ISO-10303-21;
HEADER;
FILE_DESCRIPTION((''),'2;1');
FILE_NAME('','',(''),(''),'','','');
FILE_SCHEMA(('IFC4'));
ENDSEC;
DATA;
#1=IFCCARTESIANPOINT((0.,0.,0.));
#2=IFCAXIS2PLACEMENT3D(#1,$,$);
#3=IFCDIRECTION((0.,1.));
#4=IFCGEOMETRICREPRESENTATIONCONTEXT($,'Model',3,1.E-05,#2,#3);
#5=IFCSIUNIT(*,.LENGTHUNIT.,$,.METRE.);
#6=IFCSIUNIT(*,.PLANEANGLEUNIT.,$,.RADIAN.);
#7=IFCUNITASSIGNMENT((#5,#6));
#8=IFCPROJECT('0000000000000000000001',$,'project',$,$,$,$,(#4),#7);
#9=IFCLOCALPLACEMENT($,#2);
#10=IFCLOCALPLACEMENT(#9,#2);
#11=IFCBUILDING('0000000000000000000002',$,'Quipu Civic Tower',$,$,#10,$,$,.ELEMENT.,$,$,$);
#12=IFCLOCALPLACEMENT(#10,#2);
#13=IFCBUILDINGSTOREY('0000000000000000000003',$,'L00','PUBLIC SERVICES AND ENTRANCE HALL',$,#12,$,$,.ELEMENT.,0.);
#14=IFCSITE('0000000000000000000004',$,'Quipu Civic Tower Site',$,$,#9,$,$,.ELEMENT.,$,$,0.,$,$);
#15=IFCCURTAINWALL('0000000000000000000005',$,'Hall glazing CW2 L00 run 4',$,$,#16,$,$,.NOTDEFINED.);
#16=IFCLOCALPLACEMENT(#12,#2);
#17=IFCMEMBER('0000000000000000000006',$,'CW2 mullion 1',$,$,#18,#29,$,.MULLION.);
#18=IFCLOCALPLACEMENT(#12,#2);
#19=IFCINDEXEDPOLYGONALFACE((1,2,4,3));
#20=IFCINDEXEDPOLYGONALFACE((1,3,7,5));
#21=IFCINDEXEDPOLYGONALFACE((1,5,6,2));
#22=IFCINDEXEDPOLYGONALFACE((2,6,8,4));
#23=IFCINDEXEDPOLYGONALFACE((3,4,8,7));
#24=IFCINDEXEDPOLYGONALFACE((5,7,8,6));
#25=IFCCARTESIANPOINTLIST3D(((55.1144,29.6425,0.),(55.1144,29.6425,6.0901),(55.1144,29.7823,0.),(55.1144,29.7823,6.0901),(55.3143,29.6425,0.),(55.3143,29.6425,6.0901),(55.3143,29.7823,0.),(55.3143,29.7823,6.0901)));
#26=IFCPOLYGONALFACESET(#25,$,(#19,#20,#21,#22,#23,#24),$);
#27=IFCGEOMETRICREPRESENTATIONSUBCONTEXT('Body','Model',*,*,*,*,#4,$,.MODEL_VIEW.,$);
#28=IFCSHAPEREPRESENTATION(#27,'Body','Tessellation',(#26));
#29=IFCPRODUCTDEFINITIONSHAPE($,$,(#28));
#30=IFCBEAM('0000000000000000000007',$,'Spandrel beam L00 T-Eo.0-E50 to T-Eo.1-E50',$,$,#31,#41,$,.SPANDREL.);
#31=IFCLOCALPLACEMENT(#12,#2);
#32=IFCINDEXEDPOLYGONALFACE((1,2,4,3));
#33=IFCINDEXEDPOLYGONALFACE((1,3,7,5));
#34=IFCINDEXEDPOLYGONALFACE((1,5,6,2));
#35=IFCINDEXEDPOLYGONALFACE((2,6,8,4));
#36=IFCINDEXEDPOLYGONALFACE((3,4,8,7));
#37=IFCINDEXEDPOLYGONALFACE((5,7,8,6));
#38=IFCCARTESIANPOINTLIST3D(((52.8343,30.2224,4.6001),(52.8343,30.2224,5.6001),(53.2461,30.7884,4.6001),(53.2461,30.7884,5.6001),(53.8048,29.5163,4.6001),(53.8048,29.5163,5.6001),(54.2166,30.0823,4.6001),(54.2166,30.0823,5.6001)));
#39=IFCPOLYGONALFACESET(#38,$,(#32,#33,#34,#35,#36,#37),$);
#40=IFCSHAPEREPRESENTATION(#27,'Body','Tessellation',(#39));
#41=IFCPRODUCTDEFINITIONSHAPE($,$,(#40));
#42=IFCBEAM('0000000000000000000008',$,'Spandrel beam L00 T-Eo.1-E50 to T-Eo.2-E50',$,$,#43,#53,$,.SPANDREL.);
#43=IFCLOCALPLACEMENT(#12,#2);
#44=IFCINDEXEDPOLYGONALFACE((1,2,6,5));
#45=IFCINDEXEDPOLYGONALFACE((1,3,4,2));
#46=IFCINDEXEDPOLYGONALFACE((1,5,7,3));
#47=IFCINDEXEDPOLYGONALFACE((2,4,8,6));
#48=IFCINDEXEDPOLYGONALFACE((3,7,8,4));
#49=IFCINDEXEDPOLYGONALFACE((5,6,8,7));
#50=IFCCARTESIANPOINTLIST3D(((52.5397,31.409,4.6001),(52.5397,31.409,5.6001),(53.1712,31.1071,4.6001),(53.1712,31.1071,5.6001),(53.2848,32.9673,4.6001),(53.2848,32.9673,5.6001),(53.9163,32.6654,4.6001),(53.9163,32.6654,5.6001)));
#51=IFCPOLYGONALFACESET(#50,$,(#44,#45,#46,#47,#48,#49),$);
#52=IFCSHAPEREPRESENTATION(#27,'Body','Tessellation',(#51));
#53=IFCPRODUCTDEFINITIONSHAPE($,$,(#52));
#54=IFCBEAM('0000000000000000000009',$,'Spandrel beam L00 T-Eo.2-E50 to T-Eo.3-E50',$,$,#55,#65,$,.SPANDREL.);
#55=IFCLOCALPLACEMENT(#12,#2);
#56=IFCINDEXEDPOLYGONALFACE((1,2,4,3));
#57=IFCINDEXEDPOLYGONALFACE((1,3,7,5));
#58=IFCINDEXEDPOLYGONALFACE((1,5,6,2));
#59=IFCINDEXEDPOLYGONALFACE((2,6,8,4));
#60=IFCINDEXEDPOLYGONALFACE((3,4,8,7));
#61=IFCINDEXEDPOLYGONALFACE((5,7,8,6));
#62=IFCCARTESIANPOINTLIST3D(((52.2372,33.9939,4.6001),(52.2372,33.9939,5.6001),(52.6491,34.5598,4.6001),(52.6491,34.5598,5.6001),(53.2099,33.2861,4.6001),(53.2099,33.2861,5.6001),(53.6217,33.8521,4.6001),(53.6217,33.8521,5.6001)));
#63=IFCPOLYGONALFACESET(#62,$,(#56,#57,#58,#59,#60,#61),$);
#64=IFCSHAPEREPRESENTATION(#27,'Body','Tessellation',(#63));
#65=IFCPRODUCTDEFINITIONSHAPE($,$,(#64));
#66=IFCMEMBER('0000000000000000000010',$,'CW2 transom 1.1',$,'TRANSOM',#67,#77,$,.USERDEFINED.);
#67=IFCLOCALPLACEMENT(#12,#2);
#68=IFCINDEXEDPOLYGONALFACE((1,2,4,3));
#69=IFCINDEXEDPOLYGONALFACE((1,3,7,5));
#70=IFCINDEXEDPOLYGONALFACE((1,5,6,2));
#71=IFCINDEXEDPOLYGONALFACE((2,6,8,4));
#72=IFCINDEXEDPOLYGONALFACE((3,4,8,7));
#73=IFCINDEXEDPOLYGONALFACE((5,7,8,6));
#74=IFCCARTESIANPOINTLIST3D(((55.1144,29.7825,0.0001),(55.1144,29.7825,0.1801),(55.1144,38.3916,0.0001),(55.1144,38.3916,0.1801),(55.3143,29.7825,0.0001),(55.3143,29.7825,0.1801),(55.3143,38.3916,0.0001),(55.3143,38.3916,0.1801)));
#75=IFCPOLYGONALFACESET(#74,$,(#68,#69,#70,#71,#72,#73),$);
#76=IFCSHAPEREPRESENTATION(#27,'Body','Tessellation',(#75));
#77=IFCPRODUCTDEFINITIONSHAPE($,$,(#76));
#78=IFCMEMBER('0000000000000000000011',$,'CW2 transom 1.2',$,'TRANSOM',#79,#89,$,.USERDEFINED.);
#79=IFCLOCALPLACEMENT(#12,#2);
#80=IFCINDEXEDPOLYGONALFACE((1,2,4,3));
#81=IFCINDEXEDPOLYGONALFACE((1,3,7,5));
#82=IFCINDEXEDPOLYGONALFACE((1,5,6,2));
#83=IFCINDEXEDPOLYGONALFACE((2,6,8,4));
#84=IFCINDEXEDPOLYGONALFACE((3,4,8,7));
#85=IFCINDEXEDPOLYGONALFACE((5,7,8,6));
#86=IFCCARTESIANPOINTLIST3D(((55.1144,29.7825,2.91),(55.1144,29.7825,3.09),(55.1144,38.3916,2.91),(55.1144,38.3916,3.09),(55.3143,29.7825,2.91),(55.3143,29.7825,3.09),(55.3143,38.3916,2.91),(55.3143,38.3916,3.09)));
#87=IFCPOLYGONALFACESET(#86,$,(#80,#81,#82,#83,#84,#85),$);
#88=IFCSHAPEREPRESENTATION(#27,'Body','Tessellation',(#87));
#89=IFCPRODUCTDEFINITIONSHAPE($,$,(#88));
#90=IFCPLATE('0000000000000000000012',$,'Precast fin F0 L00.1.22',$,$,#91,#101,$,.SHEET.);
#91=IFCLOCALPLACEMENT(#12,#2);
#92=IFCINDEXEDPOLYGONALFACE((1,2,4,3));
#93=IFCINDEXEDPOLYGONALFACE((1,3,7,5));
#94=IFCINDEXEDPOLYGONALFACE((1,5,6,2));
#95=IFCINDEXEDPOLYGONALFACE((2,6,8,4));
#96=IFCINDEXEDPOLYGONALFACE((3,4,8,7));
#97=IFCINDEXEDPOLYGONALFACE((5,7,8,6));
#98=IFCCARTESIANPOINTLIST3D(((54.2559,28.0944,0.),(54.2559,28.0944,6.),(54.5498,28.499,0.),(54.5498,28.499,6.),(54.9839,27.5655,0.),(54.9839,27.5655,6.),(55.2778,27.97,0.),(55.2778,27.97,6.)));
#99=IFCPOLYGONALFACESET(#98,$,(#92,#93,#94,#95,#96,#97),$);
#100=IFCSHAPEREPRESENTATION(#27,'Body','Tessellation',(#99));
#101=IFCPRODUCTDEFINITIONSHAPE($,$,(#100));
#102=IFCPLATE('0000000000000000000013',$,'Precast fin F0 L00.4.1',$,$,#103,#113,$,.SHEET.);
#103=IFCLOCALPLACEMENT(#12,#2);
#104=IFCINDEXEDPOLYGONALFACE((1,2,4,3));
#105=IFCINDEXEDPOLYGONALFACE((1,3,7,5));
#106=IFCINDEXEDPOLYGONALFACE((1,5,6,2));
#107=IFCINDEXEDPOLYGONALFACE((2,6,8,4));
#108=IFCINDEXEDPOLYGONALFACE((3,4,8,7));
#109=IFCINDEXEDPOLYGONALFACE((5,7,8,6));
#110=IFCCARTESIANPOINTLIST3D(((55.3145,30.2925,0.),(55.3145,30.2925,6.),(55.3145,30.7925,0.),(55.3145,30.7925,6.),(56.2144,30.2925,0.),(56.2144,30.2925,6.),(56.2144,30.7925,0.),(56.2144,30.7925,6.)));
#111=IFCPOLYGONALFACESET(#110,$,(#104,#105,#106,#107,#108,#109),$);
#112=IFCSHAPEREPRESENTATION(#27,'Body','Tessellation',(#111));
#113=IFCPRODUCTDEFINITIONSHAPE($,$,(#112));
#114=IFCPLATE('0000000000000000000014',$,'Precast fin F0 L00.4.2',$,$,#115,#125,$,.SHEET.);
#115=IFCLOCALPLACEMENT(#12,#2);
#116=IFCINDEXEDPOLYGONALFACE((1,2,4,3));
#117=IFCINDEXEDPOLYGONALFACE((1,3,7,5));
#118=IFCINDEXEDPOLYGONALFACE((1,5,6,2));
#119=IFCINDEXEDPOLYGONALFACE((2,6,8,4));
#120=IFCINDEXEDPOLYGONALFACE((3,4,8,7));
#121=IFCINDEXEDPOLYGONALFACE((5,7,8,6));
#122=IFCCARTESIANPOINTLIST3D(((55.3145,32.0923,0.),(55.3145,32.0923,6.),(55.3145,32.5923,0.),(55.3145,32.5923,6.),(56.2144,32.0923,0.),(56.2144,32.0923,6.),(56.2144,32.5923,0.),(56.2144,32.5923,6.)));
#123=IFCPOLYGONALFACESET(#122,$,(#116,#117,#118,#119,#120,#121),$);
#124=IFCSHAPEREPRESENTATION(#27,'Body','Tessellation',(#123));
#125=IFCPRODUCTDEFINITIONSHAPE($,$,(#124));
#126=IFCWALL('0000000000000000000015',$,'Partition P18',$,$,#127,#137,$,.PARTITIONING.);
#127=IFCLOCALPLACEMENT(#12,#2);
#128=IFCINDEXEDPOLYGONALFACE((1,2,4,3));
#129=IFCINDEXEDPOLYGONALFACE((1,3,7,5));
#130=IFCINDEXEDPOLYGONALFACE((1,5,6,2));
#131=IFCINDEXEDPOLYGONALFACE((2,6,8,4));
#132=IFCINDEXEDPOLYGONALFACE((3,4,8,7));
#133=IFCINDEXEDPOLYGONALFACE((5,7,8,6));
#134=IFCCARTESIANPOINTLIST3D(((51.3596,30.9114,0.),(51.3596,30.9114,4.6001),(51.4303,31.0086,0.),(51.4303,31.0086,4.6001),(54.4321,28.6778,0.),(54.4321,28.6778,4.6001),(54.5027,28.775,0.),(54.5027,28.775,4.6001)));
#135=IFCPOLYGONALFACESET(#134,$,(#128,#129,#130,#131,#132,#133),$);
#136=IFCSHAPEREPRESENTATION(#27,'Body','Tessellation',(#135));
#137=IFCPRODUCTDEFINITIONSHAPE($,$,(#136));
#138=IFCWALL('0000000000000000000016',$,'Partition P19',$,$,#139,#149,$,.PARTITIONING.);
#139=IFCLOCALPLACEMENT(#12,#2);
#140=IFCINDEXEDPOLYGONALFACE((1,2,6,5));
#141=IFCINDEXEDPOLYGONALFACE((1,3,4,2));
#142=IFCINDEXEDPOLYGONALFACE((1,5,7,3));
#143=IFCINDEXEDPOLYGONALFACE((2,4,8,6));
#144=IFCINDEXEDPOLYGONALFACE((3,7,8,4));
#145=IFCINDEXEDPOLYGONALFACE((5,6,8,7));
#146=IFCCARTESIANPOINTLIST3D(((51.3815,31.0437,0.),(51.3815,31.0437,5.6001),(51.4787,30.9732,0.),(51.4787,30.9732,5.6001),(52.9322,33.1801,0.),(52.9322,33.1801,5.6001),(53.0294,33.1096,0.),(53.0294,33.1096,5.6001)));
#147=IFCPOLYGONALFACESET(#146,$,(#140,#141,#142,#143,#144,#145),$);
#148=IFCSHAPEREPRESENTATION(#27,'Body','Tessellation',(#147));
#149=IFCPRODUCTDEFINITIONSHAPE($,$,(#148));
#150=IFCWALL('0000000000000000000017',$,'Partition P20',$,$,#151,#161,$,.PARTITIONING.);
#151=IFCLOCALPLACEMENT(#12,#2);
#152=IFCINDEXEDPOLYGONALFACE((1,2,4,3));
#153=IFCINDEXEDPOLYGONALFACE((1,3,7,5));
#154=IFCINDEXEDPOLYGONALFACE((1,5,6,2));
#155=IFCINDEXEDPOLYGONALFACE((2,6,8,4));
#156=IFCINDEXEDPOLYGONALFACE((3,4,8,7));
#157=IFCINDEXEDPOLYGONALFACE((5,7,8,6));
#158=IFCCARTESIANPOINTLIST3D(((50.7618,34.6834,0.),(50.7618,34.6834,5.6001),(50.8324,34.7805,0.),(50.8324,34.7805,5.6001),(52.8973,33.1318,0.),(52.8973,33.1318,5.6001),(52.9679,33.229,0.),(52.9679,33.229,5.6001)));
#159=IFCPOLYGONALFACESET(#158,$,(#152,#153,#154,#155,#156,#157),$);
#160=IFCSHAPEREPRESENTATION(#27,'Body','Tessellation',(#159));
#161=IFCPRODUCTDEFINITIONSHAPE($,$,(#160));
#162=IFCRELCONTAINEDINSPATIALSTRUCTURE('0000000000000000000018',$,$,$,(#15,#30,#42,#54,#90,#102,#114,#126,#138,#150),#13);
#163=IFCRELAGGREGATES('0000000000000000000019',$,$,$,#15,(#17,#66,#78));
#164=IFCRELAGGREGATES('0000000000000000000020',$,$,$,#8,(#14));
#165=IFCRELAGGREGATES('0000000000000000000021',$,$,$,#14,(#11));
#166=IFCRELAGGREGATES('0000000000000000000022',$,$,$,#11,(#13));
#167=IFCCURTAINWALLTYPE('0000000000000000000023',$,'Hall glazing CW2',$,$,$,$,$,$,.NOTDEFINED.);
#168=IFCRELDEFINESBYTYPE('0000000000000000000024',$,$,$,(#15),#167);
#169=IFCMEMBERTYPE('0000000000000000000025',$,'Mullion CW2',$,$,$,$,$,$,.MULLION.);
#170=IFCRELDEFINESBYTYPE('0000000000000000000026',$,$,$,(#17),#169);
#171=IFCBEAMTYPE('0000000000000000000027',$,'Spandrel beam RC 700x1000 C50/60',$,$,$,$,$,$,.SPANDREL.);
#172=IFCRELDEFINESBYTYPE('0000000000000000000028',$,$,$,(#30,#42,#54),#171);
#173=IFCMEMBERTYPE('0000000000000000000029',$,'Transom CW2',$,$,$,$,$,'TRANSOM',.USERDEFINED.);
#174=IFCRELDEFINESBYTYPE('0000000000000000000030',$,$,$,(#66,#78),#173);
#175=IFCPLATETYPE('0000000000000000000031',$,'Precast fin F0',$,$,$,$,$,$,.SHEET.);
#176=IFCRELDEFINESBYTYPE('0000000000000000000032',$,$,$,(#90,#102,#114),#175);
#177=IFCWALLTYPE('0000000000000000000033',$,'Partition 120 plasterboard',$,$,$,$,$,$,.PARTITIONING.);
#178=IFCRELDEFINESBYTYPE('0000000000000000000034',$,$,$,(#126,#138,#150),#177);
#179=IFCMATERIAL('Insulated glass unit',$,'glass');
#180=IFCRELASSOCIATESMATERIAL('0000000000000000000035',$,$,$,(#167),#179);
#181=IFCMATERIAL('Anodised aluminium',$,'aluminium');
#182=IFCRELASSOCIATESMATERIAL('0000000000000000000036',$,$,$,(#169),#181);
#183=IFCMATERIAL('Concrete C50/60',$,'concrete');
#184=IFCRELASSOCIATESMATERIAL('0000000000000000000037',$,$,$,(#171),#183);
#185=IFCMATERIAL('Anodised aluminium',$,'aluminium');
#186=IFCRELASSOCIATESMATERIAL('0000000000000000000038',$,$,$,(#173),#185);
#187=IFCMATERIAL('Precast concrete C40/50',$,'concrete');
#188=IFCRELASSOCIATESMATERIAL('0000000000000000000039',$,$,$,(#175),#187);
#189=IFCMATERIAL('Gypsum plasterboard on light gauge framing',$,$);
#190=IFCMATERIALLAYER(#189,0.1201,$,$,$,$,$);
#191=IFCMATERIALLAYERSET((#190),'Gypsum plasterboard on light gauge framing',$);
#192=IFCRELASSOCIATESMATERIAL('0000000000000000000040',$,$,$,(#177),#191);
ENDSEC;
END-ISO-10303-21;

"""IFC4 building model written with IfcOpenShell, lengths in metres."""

from ifc_helpers import new_model, si_unit, direction, frame, frame_2d, origin, origin_2d, place, context, subcontext, project, spatial, rectangle, extrude, material, layer, layer_set, material_profile, profile_set, type_object, element, aggregate, save


model = new_model("IFC4")

# Units and contexts
model_context = context("Model", 3, precision=1e-05, world=origin(), true_north=direction((0.0, 1.0)))
body_context = subcontext(model_context, "Body", "Model", "MODEL_VIEW")
ifc_project = project(units=[si_unit("LENGTHUNIT", "METRE"), si_unit("PLANEANGLEUNIT", "RADIAN")], contexts=[model_context])

# Site, building, storey
site_placement = place(None, origin())
site = spatial("IfcSite", under=ifc_project, at=site_placement, Name="Quipu Civic Tower Site", CompositionType="ELEMENT", RefElevation=0.0)
building_placement = place(site_placement, origin())
building = spatial("IfcBuilding", under=site, at=building_placement, Name="Quipu Civic Tower", CompositionType="ELEMENT")
storey_placement = place(building_placement, origin())
storey = spatial("IfcBuildingStorey", under=building, at=storey_placement, Name="L00", Description="PUBLIC SERVICES AND ENTRANCE HALL", CompositionType="ELEMENT", Elevation=0.0)

# Curtain wall, member
ifc_material_1 = material(Name="Insulated glass unit", Category="glass")
curtain_wall_type = type_object("IfcCurtainWallType", Name="Hall glazing CW2", PredefinedType="NOTDEFINED", material=ifc_material_1)
ifc_material_2 = material(Name="Anodised aluminium", Category="aluminium")
ifc_material_profile_1 = material_profile(ifc_material_2, rectangle(XDim=0.2, YDim=0.1399, at=origin_2d()), Name="RECT 200x140")
ifc_profile_set_1 = profile_set([ifc_material_profile_1], Name="Anodised aluminium")
member_type_1 = type_object("IfcMemberType", Name="Mullion CW2", PredefinedType="MULLION", material=ifc_profile_set_1)
curtain_wall_1_placement = place(storey_placement, origin())
curtain_wall_1 = element("IfcCurtainWall", 1, at=curtain_wall_1_placement, inside=storey, type_object=curtain_wall_type, Name="Hall glazing CW2 L00 run 4", PredefinedType="NOTDEFINED")
member_1_placement = place(storey_placement, frame((55.2144, 29.7124, 0.0), z_axis=(0.0, 0.0, 1.0), x_axis=(-1.0, 0.0, 0.0)))
member_1 = element("IfcMember", 2, at=member_1_placement, type_object=member_type_1, Name="CW2 mullion 1", PredefinedType="MULLION", context=body_context, shape_type="SweptSolid", body=[
    extrude(rectangle(XDim=0.2, YDim=0.1399, at=origin_2d()), origin(), (0.0, 0.0, 1.0), 6.0901),
])

# Beams
ifc_material_3 = material(Name="Concrete C50/60", Category="concrete")
ifc_material_profile_2 = material_profile(ifc_material_3, rectangle(XDim=0.7, YDim=1.0, at=origin_2d()), Name="RC700x1000")
ifc_profile_set_2 = profile_set([ifc_material_profile_2], Name="Concrete C50/60")
beam_type = type_object("IfcBeamType", Name="Spandrel beam RC 700x1000 C50/60", PredefinedType="SPANDREL", material=ifc_profile_set_2)
beam_1_placement = place(storey_placement, frame((54.0107, 29.7993, 5.1001), z_axis=(-0.808631, 0.588317, 0.0), x_axis=(-0.588317, -0.808631, 0.0)))
element("IfcBeam", 3, at=beam_1_placement, inside=storey, type_object=beam_type, Name="Spandrel beam L00 T-Eo.0-E50 to T-Eo.1-E50", PredefinedType="SPANDREL", context=body_context, shape_type="SweptSolid", body=[
    extrude(rectangle(XDim=0.7, YDim=1.0, at=origin_2d()), origin(), (0.0, 0.0, 1.0), 1.2002),
])
beam_2_placement = place(storey_placement, frame((52.8555, 31.2581, 5.1001), z_axis=(0.43137, 0.902175, 0.0), x_axis=(-0.902175, 0.43137, 0.0)))
element("IfcBeam", 4, at=beam_2_placement, inside=storey, type_object=beam_type, Name="Spandrel beam L00 T-Eo.1-E50 to T-Eo.2-E50", PredefinedType="SPANDREL", context=body_context, shape_type="SweptSolid", body=[
    extrude(rectangle(XDim=0.7, YDim=1.0, at=origin_2d()), origin(), (0.0, 0.0, 1.0), 1.7273),
])
beam_3_placement = place(storey_placement, frame((53.4158, 33.5691, 5.1001), z_axis=(-0.808587, 0.588377, 0.0), x_axis=(-0.588377, -0.808587, 0.0)))
element("IfcBeam", 5, at=beam_3_placement, inside=storey, type_object=beam_type, Name="Spandrel beam L00 T-Eo.2-E50 to T-Eo.3-E50", PredefinedType="SPANDREL", context=body_context, shape_type="SweptSolid", body=[
    extrude(rectangle(XDim=0.7, YDim=1.0, at=origin_2d()), origin(), (0.0, 0.0, 1.0), 1.2029),
])

# Members
ifc_material_4 = material(Name="Anodised aluminium", Category="aluminium")
ifc_material_profile_3 = material_profile(ifc_material_4, rectangle(XDim=0.2, YDim=0.1799, at=origin_2d()), Name="RECT 200x180")
ifc_profile_set_3 = profile_set([ifc_material_profile_3], Name="Anodised aluminium")
member_type_2 = type_object("IfcMemberType", Name="Transom CW2", ElementType="TRANSOM", PredefinedType="USERDEFINED", material=ifc_profile_set_3)
member_2_placement = place(storey_placement, frame((55.2144, 29.7825, 0.0901), z_axis=(0.0, 1.0, 0.0), x_axis=(-1.0, 0.0, 0.0)))
member_2 = element("IfcMember", 6, at=member_2_placement, type_object=member_type_2, Name="CW2 transom 1.1", ObjectType="TRANSOM", PredefinedType="USERDEFINED", context=body_context, shape_type="SweptSolid", body=[
    extrude(rectangle(XDim=0.2, YDim=0.1799, at=origin_2d()), origin(), (0.0, 0.0, 1.0), 8.6091),
])
member_3_placement = place(storey_placement, frame((55.2144, 29.7825, 3.0), z_axis=(0.0, 1.0, 0.0), x_axis=(-1.0, 0.0, 0.0)))
member_3 = element("IfcMember", 7, at=member_3_placement, type_object=member_type_2, Name="CW2 transom 1.2", ObjectType="TRANSOM", PredefinedType="USERDEFINED", context=body_context, shape_type="SweptSolid", body=[
    extrude(rectangle(XDim=0.2, YDim=0.1799, at=origin_2d()), origin(), (0.0, 0.0, 1.0), 8.6091),
])
aggregate(curtain_wall_1, [member_1, member_2, member_3])

# Plates
ifc_material_5 = material(Name="Precast concrete C40/50", Category="concrete")
plate_type = type_object("IfcPlateType", Name="Precast fin F0", PredefinedType="SHEET", material=ifc_material_5)
for number, where, z_axis, x_axis, name in (
    (8, (54.7668, 28.0322, 0.0), (0.0, 0.0, 1.0), (0.587786, 0.809017, 0.0), "Precast fin F0 L00.1.22"),
    (9, (55.7644, 30.5425, 0.0), (0.0, 0.0, 1.0), (0.0, 1.0, 0.0), "Precast fin F0 L00.4.1"),
    (10, (55.7644, 32.3423, 0.0), (0.0, 0.0, 1.0), (0.0, 1.0, 0.0), "Precast fin F0 L00.4.2"),
):
    element("IfcPlate", number, at=place(storey_placement, frame(where, z_axis=z_axis, x_axis=x_axis)), inside=storey, type_object=plate_type, Name=name, PredefinedType="SHEET", context=body_context, shape_type="SweptSolid", body=[
        extrude(rectangle(XDim=0.5, YDim=0.8999, at=origin_2d()), origin(), (0.0, 0.0, 1.0), 6.0),
    ])

# Walls
ifc_material_6 = material(Name="Gypsum plasterboard on light gauge framing")
ifc_layer = layer(ifc_material_6, 0.1201)
ifc_layer_set = layer_set([ifc_layer], Name="Gypsum plasterboard on light gauge framing")
wall_type = type_object("IfcWallType", Name="Partition 120 plasterboard", PredefinedType="PARTITIONING", material=ifc_layer_set)
wall_1_placement = place(storey_placement, frame((54.4675, 28.7263, 0.0), z_axis=(0.0, 0.0, 1.0), x_axis=(-0.80885, 0.588015, 0.0)))
element("IfcWall", 11, at=wall_1_placement, inside=storey, type_object=wall_type, Name="Partition P18", PredefinedType="PARTITIONING", context=body_context, shape_type="SweptSolid", body=[
    extrude(rectangle(XDim=3.7986, YDim=0.1201, at=frame_2d((1.8994, 0.0))), origin(), (0.0, 0.0, 1.0), 4.6001),
])
wall_2_placement = place(storey_placement, frame((51.4302, 31.0085, 0.0), z_axis=(0.0, 0.0, 1.0), x_axis=(0.587424, 0.80928, 0.0)))
element("IfcWall", 12, at=wall_2_placement, inside=storey, type_object=wall_type, Name="Partition P19", PredefinedType="PARTITIONING", context=body_context, shape_type="SweptSolid", body=[
    extrude(rectangle(XDim=2.6399, YDim=0.1201, at=frame_2d((1.3198, 0.0))), origin(), (0.0, 0.0, 1.0), 5.6001),
])
wall_3_placement = place(storey_placement, frame((52.9326, 33.1804, 0.0), z_axis=(0.0, 0.0, 1.0), x_axis=(-0.80902, 0.587781, 0.0)))
element("IfcWall", 13, at=wall_3_placement, inside=storey, type_object=wall_type, Name="Partition P20", PredefinedType="PARTITIONING", context=body_context, shape_type="SweptSolid", body=[
    extrude(rectangle(XDim=2.6396, YDim=0.1201, at=frame_2d((1.3198, 0.0))), origin(), (0.0, 0.0, 1.0), 5.6001),
])

save(model, "model.ifc")
